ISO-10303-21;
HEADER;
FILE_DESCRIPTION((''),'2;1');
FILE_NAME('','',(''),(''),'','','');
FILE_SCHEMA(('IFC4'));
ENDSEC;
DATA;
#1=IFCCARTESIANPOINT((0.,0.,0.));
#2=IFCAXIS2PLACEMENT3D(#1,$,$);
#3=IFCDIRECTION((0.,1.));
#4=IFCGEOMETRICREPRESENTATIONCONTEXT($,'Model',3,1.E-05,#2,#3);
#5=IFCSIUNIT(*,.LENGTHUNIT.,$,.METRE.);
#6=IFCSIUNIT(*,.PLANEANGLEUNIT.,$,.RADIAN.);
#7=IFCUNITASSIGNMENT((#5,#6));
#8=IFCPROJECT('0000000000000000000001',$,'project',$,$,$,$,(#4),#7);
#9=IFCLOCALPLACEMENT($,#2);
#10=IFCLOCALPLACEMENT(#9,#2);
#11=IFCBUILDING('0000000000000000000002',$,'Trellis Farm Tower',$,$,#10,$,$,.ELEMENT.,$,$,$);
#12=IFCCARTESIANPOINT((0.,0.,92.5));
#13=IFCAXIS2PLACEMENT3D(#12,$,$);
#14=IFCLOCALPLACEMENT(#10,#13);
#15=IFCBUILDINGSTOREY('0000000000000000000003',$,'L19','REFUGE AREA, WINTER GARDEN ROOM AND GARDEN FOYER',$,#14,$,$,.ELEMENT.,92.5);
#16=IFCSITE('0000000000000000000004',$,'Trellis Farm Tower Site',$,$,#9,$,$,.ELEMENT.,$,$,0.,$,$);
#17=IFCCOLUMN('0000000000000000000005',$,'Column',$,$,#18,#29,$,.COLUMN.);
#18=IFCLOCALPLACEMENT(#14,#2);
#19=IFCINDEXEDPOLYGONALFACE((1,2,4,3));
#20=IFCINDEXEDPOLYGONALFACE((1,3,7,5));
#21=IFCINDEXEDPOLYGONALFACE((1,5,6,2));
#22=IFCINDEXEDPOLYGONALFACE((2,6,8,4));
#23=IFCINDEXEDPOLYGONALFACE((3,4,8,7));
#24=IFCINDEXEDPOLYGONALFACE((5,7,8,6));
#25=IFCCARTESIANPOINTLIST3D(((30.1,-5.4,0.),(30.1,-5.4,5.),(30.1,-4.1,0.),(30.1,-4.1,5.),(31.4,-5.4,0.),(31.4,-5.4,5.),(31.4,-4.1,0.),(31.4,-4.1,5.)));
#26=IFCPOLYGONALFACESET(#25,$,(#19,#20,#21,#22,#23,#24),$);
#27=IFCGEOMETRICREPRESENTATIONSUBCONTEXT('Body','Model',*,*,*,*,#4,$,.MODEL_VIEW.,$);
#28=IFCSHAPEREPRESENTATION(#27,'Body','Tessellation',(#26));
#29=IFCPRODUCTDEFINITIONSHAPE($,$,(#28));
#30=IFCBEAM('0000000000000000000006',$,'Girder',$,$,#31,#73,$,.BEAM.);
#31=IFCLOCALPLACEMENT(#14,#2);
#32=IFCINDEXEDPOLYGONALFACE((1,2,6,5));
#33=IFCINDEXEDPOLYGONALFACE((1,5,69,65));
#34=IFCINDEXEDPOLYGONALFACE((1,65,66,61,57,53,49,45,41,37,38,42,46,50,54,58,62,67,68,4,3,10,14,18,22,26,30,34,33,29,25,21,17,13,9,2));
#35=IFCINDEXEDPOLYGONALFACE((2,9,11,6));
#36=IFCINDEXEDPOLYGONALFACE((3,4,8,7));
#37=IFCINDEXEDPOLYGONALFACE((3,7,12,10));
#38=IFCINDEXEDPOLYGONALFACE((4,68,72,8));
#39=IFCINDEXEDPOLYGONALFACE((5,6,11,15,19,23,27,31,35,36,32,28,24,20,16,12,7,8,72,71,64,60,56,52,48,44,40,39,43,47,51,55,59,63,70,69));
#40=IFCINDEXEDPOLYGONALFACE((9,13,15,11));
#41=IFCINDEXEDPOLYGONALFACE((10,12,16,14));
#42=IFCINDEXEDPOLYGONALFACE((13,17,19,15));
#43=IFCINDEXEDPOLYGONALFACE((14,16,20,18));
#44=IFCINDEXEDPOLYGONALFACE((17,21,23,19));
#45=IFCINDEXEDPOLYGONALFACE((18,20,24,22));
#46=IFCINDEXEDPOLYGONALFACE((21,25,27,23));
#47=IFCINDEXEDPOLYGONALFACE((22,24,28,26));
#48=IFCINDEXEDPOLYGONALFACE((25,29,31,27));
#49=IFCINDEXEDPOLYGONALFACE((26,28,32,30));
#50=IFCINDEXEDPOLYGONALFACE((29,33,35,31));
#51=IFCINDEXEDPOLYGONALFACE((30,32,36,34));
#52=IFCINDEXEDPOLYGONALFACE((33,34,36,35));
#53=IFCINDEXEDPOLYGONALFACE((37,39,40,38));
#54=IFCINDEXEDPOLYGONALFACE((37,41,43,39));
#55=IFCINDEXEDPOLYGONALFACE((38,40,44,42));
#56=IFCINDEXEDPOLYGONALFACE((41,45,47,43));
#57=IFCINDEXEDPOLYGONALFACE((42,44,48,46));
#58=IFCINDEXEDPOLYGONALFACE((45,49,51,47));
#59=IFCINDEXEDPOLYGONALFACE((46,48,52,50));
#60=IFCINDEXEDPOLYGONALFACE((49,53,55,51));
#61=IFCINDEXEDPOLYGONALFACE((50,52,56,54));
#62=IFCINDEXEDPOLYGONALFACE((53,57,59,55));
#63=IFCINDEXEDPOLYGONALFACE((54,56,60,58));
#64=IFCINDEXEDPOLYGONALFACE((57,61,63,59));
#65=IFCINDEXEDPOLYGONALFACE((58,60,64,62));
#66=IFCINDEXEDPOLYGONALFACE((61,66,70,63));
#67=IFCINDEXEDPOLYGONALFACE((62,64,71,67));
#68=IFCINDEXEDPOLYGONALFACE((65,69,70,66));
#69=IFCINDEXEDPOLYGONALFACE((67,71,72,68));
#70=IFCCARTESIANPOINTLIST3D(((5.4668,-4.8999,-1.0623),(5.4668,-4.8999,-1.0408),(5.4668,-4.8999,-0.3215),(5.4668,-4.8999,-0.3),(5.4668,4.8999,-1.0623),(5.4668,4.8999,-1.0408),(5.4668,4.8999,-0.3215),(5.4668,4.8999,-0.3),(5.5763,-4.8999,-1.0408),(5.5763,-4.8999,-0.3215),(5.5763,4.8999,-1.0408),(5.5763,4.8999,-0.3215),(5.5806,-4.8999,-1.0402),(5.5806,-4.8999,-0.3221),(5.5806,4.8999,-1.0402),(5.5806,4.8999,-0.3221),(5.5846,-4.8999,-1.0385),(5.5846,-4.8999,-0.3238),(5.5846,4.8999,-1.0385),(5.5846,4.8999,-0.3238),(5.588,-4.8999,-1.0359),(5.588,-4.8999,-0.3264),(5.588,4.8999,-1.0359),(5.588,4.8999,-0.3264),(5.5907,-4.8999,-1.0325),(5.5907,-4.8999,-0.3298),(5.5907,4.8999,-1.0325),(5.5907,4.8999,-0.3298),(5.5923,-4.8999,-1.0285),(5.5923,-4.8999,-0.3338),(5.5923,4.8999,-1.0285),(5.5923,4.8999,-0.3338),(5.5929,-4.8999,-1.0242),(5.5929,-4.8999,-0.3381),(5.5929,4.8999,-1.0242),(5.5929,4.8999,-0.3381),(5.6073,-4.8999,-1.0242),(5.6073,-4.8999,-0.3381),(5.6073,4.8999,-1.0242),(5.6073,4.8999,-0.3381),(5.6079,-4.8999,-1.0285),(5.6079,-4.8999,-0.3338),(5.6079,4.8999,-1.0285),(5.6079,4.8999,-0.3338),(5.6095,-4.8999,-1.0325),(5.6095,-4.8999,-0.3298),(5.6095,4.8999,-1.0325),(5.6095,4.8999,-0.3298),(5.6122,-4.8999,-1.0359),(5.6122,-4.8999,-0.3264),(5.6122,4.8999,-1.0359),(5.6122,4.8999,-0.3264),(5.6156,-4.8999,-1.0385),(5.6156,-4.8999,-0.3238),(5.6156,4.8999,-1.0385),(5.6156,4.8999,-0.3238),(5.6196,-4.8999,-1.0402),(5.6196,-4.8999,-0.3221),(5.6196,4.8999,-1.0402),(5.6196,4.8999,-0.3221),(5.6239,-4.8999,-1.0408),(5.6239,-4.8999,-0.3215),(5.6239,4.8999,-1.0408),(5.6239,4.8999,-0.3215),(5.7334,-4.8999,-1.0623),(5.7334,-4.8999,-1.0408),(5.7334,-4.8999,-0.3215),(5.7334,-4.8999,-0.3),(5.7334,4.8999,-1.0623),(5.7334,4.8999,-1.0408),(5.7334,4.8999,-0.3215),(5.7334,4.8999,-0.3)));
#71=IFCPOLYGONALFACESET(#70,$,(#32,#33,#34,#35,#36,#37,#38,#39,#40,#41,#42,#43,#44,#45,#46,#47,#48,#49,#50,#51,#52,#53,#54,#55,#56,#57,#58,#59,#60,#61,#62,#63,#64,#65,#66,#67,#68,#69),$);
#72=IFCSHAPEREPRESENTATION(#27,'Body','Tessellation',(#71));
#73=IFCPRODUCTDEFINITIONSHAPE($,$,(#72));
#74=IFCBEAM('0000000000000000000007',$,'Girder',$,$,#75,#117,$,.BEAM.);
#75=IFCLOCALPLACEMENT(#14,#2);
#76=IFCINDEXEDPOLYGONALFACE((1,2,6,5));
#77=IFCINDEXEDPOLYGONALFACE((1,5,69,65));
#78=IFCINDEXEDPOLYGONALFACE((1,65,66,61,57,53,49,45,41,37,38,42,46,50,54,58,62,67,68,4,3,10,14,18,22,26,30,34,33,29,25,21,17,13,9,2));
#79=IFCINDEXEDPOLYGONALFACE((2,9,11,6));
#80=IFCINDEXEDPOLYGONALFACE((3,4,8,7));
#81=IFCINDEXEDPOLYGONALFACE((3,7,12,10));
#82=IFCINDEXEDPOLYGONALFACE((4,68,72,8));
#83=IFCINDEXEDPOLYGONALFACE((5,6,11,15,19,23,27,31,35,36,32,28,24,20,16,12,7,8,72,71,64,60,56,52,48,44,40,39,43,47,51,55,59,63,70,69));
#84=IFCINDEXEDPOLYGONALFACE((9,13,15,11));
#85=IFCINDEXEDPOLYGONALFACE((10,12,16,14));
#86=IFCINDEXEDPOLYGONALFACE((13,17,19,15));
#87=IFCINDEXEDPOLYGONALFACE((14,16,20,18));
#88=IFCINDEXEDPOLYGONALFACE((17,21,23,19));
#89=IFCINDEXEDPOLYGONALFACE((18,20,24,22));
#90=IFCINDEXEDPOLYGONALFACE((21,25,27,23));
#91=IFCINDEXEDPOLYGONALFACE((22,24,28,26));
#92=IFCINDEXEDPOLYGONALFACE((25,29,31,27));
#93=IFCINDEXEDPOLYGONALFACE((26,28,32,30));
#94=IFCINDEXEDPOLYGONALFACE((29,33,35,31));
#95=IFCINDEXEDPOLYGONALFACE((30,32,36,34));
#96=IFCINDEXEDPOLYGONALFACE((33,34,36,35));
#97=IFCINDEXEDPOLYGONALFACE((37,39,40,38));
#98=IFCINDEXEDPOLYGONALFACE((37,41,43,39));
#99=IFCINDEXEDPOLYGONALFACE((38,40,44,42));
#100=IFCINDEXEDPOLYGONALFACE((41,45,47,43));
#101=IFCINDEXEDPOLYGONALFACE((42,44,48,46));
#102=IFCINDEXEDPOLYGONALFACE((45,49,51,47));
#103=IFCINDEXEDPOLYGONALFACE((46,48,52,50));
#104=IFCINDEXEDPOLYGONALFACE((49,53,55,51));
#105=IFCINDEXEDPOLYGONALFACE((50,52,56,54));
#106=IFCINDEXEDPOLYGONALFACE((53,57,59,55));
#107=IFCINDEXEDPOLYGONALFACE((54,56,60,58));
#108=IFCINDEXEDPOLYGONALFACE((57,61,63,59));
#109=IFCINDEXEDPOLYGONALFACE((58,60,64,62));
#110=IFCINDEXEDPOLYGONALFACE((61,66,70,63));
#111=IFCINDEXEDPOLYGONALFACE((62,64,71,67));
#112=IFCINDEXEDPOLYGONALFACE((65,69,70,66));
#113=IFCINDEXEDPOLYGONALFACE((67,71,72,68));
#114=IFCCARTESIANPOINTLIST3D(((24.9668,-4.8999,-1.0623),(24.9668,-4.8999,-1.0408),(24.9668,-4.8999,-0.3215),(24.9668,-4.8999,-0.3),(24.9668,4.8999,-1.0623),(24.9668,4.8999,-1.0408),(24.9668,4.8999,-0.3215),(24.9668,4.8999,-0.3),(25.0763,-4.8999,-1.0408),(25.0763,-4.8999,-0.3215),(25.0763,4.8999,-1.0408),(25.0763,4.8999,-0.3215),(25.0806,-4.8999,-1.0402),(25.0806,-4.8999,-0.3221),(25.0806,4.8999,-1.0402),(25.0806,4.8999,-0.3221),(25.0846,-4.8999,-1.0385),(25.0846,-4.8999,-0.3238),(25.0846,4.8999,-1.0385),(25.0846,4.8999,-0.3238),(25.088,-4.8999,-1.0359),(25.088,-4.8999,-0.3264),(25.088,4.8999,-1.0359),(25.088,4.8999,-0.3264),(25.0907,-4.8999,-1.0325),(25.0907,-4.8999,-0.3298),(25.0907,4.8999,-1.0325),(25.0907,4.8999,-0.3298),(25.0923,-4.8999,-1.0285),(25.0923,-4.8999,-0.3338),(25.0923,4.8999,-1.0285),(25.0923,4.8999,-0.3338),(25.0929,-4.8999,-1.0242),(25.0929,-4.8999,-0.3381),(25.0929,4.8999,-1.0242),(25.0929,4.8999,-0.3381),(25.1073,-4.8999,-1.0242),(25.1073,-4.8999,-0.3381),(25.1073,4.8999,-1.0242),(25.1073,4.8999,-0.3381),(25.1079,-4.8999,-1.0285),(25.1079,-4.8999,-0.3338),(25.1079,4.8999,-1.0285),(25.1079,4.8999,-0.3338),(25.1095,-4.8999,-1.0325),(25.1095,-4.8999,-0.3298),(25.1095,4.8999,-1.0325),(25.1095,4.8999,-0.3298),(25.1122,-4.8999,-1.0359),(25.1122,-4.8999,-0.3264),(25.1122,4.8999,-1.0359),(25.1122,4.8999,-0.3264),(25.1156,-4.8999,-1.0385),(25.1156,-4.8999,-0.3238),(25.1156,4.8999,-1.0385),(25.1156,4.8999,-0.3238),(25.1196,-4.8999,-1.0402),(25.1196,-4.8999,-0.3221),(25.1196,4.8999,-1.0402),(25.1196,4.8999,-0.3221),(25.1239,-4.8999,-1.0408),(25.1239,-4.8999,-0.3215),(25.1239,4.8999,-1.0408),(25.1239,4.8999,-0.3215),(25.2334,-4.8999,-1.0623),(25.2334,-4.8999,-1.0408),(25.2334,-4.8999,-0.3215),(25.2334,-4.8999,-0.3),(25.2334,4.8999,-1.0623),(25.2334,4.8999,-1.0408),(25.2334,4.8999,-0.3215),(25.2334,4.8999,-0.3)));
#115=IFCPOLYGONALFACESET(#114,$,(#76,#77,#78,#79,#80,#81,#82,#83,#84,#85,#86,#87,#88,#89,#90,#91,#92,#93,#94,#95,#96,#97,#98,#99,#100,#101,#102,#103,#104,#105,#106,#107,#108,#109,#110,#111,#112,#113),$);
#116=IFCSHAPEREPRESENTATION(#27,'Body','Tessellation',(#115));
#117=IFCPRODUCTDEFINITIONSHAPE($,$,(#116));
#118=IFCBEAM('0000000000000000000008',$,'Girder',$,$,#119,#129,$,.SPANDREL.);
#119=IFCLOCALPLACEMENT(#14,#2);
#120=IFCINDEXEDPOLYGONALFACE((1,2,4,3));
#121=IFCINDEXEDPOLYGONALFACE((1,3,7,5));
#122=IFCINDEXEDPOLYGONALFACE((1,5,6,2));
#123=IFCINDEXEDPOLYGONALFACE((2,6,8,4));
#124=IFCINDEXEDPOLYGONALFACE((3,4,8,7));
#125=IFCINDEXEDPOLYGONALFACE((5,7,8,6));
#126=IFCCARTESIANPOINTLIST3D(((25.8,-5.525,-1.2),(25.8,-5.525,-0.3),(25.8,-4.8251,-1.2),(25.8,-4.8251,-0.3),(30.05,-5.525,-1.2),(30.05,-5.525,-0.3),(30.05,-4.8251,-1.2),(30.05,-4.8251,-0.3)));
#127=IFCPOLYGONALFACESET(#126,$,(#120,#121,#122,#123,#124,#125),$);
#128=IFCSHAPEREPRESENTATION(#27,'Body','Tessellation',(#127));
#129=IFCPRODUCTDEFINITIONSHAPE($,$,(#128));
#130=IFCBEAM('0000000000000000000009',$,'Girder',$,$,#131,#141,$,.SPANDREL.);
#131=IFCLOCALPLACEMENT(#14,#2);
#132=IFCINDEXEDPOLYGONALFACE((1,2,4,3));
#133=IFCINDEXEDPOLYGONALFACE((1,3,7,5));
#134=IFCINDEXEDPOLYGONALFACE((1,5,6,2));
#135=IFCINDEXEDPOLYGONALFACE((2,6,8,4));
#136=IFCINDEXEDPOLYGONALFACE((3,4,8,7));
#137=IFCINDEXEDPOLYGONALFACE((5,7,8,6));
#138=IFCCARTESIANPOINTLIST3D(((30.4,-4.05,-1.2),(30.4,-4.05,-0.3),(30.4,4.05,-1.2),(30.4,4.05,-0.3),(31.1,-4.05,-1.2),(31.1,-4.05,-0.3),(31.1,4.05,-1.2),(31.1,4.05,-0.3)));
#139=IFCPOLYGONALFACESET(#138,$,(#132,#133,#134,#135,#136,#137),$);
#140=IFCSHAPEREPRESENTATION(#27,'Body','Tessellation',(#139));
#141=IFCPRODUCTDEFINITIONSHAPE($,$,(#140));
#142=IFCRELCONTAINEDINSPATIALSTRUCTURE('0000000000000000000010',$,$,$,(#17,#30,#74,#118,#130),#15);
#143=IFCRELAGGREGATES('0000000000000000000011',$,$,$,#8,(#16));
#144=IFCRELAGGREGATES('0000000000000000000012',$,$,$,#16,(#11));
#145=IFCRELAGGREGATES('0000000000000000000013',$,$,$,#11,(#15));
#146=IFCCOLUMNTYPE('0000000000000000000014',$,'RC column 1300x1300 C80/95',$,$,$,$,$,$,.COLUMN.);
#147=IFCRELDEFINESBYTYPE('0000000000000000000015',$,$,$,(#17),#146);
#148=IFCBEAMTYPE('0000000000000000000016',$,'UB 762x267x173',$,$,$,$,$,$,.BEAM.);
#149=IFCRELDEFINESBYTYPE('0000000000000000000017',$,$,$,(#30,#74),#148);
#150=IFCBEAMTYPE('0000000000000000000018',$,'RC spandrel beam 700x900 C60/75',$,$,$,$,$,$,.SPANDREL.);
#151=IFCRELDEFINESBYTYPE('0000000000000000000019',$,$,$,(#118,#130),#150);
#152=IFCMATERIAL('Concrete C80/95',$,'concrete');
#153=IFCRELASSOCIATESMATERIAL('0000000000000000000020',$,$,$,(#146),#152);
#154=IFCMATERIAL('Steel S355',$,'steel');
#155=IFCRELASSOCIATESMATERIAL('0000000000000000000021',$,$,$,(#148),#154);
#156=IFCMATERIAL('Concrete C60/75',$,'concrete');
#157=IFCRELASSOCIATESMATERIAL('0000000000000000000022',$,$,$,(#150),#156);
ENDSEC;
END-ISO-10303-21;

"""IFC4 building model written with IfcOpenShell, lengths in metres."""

from ifc_helpers import new_model, si_unit, direction, frame, origin, origin_2d, place, context, subcontext, project, spatial, rectangle, i_section, extrude, source, transform, mapped, material, material_profile, profile_set, type_object, element, save


model = new_model("IFC4")

# Units and contexts
model_context = context("Model", 3, precision=1e-05, world=origin(), true_north=direction((0.0, 1.0)))
body_context = subcontext(model_context, "Body", "Model", "MODEL_VIEW")
ifc_project = project(units=[si_unit("LENGTHUNIT", "METRE"), si_unit("PLANEANGLEUNIT", "RADIAN")], contexts=[model_context])

# Site, building, storey
site_placement = place(None, origin())
site = spatial("IfcSite", under=ifc_project, at=site_placement, Name="Trellis Farm Tower Site", CompositionType="ELEMENT", RefElevation=0.0)
building_placement = place(site_placement, origin())
building = spatial("IfcBuilding", under=site, at=building_placement, Name="Trellis Farm Tower", CompositionType="ELEMENT")
storey_placement = place(building_placement, frame((0.0, 0.0, 92.5)))
storey = spatial("IfcBuildingStorey", under=building, at=storey_placement, Name="L19", Description="REFUGE AREA, WINTER GARDEN ROOM AND GARDEN FOYER", CompositionType="ELEMENT", Elevation=92.5)

# Column
ifc_material_1 = material(Name="Concrete C80/95", Category="concrete")
ifc_material_profile_1 = material_profile(ifc_material_1, rectangle(XDim=1.3, YDim=1.3, at=origin_2d()), Name="RC column 1300x1300 C80/95")
ifc_profile_set_1 = profile_set([ifc_material_profile_1], Name="Concrete C80/95")
column_type = type_object("IfcColumnType", Name="RC column 1300x1300 C80/95", PredefinedType="COLUMN", material=ifc_profile_set_1)
shared_shape_1 = source(origin(), body_context, "Body", "SweptSolid", [
    extrude(rectangle(XDim=1.3, YDim=1.3, at=origin_2d()), origin(), (0.0, 0.0, 1.0), 5.0),
])
column_placement = place(storey_placement, frame((30.75, -4.75, 0.0), z_axis=(0.0, 0.0, 1.0), x_axis=(1.0, 0.0, 0.0)))
element("IfcColumn", 1, at=column_placement, inside=storey, type_object=column_type, Name="Column", PredefinedType="COLUMN", context=body_context, shape_type="MappedRepresentation", body=[
    mapped(shared_shape_1, transform((0.0, 0.0, 0.0))),
])

# Beams
ifc_material_2 = material(Name="Steel S355", Category="steel")
ifc_material_profile_2 = material_profile(ifc_material_2, i_section(OverallWidth=0.2666, OverallDepth=0.7622, WebThickness=0.0144, FlangeThickness=0.0215, FilletRadius=0.0166, at=origin_2d()), Name="UB 762x267x173")
ifc_profile_set_2 = profile_set([ifc_material_profile_2], Name="Steel S355")
beam_type_1 = type_object("IfcBeamType", Name="UB 762x267x173", PredefinedType="BEAM", material=ifc_profile_set_2)
shared_shape_2 = source(origin(), body_context, "Body", "SweptSolid", [
    extrude(i_section(OverallWidth=0.2666, OverallDepth=0.7622, WebThickness=0.0144, FlangeThickness=0.0215, FilletRadius=0.0166, at=origin_2d()), origin(), (0.0, 0.0, 1.0), 9.7998),
])
for number, where, z_axis, x_axis, name in (
    (2, (5.6001, -4.8999, -0.6812), (0.0, 1.0, 0.0), (-1.0, 0.0, 0.0), "Girder"),
    (3, (25.1001, -4.8999, -0.6812), (0.0, 1.0, 0.0), (-1.0, 0.0, 0.0), "Girder"),
):
    element("IfcBeam", number, at=place(storey_placement, frame(where, z_axis=z_axis, x_axis=x_axis)), inside=storey, type_object=beam_type_1, Name=name, PredefinedType="BEAM", context=body_context, shape_type="MappedRepresentation", body=[
        mapped(shared_shape_2, transform((0.0, 0.0, 0.0))),
    ])
ifc_material_3 = material(Name="Concrete C60/75", Category="concrete")
ifc_material_profile_3 = material_profile(ifc_material_3, rectangle(XDim=0.7, YDim=0.8999, at=origin_2d()), Name="RC spandrel beam 700x900 C60/75")
ifc_profile_set_3 = profile_set([ifc_material_profile_3], Name="Concrete C60/75")
beam_type_2 = type_object("IfcBeamType", Name="RC spandrel beam 700x900 C60/75", PredefinedType="SPANDREL", material=ifc_profile_set_3)
shared_shape_3 = source(origin(), body_context, "Body", "SweptSolid", [
    extrude(rectangle(XDim=0.7, YDim=0.8999, at=origin_2d()), origin(), (0.0, 0.0, 1.0), 4.25),
])
beam_1_placement = place(storey_placement, frame((25.8, -5.175, -0.75), z_axis=(1.0, 0.0, 0.0), x_axis=(0.0, 1.0, 0.0)))
element("IfcBeam", 4, at=beam_1_placement, inside=storey, type_object=beam_type_2, Name="Girder", PredefinedType="SPANDREL", context=body_context, shape_type="MappedRepresentation", body=[
    mapped(shared_shape_3, transform((0.0, 0.0, 0.0))),
])
shared_shape_4 = source(origin(), body_context, "Body", "SweptSolid", [
    extrude(rectangle(XDim=0.7, YDim=0.8999, at=origin_2d()), origin(), (0.0, 0.0, 1.0), 8.1001),
])
beam_2_placement = place(storey_placement, frame((30.75, -4.05, -0.75), z_axis=(0.0, 1.0, 0.0), x_axis=(-1.0, 0.0, 0.0)))
element("IfcBeam", 5, at=beam_2_placement, inside=storey, type_object=beam_type_2, Name="Girder", PredefinedType="SPANDREL", context=body_context, shape_type="MappedRepresentation", body=[
    mapped(shared_shape_4, transform((0.0, 0.0, 0.0))),
])

save(model, "model.ifc")
